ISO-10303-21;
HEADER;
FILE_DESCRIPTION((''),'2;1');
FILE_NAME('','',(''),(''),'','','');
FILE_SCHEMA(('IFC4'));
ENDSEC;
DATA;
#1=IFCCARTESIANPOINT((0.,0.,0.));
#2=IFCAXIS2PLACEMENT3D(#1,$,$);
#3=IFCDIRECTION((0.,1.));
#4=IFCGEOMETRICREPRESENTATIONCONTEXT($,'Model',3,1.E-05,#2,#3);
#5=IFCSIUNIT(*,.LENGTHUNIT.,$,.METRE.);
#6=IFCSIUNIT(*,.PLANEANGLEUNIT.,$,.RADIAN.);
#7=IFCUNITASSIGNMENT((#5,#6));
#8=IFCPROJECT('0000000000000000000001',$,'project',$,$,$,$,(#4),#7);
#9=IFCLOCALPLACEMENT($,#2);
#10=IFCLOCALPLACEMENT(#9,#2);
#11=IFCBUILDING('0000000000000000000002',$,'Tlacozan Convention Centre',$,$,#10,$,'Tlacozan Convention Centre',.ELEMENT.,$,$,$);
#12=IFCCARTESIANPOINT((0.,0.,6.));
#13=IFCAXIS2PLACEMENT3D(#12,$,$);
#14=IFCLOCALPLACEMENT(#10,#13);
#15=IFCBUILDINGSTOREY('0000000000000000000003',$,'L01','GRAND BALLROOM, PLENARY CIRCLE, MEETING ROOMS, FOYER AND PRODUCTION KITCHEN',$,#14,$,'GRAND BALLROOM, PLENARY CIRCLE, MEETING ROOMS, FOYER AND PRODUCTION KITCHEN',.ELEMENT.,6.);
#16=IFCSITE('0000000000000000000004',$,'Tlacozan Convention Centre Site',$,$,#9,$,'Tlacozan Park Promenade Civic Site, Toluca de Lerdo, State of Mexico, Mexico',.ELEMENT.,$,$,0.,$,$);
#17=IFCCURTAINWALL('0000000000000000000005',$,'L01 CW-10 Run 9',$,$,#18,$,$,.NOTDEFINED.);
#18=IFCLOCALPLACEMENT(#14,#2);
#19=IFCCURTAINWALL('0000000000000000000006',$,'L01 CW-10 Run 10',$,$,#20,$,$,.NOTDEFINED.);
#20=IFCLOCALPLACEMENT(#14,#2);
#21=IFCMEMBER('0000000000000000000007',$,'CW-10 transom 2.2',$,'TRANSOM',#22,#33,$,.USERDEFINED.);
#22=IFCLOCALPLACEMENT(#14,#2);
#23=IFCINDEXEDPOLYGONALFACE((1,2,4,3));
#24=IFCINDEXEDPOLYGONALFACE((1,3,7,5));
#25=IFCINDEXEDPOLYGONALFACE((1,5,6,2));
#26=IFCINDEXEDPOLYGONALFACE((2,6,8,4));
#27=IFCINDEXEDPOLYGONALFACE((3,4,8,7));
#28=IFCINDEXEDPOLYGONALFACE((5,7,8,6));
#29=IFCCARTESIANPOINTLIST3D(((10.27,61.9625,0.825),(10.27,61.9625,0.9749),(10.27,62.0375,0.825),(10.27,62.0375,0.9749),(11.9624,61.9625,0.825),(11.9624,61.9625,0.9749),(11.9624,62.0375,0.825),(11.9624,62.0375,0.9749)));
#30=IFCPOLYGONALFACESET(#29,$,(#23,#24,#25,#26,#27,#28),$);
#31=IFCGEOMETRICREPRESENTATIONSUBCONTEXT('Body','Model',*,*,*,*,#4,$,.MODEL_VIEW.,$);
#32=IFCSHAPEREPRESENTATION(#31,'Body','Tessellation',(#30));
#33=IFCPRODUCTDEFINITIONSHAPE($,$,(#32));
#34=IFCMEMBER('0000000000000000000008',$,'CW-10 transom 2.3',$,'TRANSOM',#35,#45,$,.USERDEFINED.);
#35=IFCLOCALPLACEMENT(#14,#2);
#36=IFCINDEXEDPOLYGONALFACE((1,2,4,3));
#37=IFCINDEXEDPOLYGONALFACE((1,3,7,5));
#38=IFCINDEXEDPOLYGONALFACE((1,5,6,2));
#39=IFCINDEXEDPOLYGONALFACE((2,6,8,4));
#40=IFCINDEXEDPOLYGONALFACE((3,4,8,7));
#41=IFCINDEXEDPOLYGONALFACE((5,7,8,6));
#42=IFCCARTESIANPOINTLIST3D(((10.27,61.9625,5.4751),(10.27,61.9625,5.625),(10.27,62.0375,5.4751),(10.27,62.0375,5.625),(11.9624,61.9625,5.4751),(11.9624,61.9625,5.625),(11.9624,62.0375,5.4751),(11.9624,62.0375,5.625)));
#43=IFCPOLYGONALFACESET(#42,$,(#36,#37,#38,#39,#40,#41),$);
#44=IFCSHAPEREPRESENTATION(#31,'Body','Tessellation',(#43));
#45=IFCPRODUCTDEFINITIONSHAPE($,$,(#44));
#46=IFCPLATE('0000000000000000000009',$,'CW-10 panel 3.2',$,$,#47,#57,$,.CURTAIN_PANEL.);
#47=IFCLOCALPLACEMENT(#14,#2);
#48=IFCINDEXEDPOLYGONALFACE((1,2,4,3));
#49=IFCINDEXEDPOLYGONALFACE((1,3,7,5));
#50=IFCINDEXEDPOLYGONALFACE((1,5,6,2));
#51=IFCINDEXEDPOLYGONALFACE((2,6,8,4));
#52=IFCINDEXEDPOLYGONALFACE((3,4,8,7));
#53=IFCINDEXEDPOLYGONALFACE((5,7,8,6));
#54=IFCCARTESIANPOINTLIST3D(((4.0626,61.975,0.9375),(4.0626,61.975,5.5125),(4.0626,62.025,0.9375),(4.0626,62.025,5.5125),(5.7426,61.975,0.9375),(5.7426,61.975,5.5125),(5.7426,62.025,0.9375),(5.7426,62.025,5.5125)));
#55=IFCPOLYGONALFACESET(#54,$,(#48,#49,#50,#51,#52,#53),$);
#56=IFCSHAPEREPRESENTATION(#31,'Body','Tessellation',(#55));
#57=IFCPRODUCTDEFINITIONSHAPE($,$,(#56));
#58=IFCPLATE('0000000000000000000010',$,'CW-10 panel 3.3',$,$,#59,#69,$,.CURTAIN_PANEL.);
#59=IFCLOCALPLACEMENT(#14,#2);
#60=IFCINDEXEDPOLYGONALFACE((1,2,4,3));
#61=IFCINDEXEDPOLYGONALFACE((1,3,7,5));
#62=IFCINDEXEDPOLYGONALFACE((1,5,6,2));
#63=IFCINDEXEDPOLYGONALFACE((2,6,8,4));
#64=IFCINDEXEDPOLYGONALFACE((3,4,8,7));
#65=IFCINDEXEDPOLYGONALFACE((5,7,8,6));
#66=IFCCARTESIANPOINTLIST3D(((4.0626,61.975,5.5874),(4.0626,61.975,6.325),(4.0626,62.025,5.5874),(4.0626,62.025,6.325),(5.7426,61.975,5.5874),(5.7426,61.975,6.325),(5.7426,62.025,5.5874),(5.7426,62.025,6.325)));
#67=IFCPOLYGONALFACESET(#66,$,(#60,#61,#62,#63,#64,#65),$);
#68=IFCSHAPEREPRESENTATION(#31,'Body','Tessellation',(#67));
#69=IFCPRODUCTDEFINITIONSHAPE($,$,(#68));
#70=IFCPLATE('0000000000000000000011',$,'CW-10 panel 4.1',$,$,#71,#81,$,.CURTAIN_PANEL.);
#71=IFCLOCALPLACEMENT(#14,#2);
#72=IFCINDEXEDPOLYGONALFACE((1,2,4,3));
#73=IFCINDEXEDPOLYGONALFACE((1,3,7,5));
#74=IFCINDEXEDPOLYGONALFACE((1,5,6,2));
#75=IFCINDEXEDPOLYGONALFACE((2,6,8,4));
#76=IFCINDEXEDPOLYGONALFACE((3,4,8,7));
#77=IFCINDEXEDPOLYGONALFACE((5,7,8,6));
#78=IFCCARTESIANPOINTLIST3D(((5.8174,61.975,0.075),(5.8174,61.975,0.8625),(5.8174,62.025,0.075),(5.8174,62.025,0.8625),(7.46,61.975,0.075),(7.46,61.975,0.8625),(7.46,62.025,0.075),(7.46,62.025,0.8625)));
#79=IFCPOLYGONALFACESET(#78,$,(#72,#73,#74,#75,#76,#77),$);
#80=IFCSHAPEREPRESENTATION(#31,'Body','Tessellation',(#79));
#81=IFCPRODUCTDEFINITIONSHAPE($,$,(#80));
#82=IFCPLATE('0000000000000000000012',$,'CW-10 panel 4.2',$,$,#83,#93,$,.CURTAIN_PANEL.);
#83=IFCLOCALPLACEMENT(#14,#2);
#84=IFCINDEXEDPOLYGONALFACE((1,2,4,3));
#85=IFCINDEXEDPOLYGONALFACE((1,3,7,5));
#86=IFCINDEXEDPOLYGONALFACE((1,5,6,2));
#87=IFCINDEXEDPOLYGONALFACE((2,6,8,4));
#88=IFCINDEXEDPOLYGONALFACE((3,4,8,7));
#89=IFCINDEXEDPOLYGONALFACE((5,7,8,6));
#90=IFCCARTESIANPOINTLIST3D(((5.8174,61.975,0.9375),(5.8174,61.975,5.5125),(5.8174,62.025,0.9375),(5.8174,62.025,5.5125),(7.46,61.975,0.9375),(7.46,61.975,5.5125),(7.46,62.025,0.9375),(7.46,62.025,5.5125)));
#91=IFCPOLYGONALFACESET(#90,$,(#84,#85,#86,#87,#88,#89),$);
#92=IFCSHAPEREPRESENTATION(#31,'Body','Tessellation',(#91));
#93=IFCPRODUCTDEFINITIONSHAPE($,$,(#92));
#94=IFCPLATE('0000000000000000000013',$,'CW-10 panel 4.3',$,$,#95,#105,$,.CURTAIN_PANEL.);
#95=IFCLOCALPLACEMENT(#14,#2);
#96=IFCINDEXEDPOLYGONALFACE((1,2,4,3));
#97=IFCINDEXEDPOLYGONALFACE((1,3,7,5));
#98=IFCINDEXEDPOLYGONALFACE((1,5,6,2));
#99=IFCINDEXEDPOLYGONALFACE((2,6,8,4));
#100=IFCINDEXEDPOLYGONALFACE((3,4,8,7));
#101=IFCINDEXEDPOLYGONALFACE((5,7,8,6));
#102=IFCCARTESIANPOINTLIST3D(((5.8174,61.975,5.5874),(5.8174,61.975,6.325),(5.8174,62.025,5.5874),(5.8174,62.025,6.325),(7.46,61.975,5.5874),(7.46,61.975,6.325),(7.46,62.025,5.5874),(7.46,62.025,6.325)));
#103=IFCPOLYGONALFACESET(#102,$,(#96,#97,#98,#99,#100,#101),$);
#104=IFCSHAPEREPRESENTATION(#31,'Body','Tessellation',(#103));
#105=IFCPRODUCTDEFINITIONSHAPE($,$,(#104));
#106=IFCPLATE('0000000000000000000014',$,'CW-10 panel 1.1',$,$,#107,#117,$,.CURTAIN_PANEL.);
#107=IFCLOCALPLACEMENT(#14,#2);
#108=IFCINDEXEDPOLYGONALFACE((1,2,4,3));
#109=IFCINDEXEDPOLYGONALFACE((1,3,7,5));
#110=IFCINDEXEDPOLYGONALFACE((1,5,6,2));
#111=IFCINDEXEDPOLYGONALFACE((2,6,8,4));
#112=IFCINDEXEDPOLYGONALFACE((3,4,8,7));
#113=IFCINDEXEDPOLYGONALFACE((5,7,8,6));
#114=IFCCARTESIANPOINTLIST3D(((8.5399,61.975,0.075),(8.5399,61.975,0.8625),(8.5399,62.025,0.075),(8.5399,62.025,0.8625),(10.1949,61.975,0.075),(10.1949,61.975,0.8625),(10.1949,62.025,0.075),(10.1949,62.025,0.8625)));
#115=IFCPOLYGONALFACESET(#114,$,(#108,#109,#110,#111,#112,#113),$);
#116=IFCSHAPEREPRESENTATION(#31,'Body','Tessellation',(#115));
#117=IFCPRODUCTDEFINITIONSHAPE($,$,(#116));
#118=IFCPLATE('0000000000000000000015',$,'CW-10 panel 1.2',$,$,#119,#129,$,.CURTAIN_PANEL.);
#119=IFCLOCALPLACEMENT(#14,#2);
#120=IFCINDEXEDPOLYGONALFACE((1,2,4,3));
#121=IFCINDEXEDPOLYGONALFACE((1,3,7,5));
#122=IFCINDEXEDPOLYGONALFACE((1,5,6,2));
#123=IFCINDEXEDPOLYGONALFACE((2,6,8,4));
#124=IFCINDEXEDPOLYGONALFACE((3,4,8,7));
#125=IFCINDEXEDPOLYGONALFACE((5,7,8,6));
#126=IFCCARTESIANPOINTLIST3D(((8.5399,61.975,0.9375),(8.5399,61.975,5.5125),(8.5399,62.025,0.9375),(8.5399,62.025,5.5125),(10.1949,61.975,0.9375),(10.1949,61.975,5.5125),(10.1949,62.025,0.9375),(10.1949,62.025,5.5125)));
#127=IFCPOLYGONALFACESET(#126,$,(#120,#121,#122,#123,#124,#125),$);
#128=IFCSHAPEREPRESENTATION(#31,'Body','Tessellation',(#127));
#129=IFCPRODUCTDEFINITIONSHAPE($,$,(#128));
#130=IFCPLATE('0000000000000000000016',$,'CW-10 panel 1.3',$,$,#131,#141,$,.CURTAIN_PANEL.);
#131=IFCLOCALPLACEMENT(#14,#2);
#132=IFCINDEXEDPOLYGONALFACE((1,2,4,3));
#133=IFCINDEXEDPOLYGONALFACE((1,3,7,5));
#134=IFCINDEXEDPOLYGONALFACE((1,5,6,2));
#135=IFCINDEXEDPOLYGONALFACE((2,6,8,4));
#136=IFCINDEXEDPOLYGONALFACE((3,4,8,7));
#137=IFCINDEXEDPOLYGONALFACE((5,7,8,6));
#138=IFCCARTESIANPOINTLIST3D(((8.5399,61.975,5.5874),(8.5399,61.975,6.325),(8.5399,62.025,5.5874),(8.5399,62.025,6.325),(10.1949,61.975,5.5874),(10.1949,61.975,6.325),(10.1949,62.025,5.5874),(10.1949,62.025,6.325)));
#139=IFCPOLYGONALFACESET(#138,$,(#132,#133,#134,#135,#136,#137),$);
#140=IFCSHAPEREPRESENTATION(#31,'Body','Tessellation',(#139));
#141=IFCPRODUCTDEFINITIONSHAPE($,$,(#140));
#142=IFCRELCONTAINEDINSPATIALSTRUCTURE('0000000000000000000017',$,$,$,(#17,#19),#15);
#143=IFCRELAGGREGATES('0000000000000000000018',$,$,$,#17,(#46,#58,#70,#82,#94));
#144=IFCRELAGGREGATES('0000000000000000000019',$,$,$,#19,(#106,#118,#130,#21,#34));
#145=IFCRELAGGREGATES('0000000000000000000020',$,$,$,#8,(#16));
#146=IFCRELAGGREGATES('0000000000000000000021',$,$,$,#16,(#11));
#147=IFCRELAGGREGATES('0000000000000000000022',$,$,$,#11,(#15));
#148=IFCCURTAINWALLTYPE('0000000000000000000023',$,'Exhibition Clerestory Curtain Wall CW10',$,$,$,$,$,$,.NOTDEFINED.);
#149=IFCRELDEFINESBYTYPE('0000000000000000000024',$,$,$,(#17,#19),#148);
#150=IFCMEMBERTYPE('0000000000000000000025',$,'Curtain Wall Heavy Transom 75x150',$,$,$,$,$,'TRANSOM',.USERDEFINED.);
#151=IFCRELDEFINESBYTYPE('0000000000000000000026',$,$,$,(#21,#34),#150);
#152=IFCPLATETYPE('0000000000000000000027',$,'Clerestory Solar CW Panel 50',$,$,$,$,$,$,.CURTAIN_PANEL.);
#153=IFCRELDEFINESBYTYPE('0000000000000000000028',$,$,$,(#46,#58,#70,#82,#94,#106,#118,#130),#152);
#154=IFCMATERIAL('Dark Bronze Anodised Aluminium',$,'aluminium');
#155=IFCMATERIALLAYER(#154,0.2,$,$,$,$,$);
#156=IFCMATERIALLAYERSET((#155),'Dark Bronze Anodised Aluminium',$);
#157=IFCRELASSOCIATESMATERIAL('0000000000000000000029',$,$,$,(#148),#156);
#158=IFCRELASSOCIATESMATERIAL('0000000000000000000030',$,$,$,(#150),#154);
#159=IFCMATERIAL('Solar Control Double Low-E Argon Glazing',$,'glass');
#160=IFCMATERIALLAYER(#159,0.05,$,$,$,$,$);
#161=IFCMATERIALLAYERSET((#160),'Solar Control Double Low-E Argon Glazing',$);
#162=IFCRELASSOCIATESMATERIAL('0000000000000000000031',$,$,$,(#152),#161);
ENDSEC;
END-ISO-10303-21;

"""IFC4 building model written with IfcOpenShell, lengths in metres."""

from ifc_helpers import new_model, si_unit, direction, frame, origin, origin_2d, place, context, subcontext, project, spatial, rectangle, extrude, material, layer, layer_set, material_profile, profile_set, type_object, element, aggregate, save


model = new_model("IFC4")

# Units and contexts
model_context = context("Model", 3, precision=1e-05, world=origin(), true_north=direction((0.0, 1.0)))
body_context = subcontext(model_context, "Body", "Model", "MODEL_VIEW")
ifc_project = project(units=[si_unit("LENGTHUNIT", "METRE"), si_unit("PLANEANGLEUNIT", "RADIAN")], contexts=[model_context])

# Site, building, storey
site_placement = place(None, origin())
site = spatial("IfcSite", under=ifc_project, at=site_placement, Name="Tlacozan Convention Centre Site", LongName="Tlacozan Park Promenade Civic Site, Toluca de Lerdo, State of Mexico, Mexico", CompositionType="ELEMENT", RefElevation=0.0)
building_placement = place(site_placement, origin())
building = spatial("IfcBuilding", under=site, at=building_placement, Name="Tlacozan Convention Centre", LongName="Tlacozan Convention Centre", CompositionType="ELEMENT")
storey_placement = place(building_placement, frame((0.0, 0.0, 6.0)))
storey = spatial("IfcBuildingStorey", under=building, at=storey_placement, Name="L01", Description="GRAND BALLROOM, PLENARY CIRCLE, MEETING ROOMS, FOYER AND PRODUCTION KITCHEN", LongName="GRAND BALLROOM, PLENARY CIRCLE, MEETING ROOMS, FOYER AND PRODUCTION KITCHEN", CompositionType="ELEMENT", Elevation=6.0)

# Curtain walls
ifc_material_1 = material(Name="Dark Bronze Anodised Aluminium", Category="aluminium")
ifc_layer_1 = layer(ifc_material_1, 0.2)
ifc_layer_set_1 = layer_set([ifc_layer_1], Name="Dark Bronze Anodised Aluminium")
curtain_wall_type = type_object("IfcCurtainWallType", Name="Exhibition Clerestory Curtain Wall CW10", PredefinedType="NOTDEFINED", material=ifc_layer_set_1)
curtain_wall_1_placement = place(storey_placement, origin())
curtain_wall_1 = element("IfcCurtainWall", 1, at=curtain_wall_1_placement, inside=storey, type_object=curtain_wall_type, Name="L01 CW-10 Run 9", PredefinedType="NOTDEFINED")
curtain_wall_2_placement = place(storey_placement, origin())
curtain_wall_2 = element("IfcCurtainWall", 2, at=curtain_wall_2_placement, inside=storey, type_object=curtain_wall_type, Name="L01 CW-10 Run 10", PredefinedType="NOTDEFINED")

# Members
ifc_material_profile_1 = material_profile(ifc_material_1, rectangle(XDim=0.075, YDim=0.1499, at=origin_2d()), Name="ALU 75x150")
ifc_profile_set_1 = profile_set([ifc_material_profile_1], Name="Dark Bronze Anodised Aluminium")
member_type_1 = type_object("IfcMemberType", Name="Curtain Wall Heavy Transom 75x150", ElementType="TRANSOM", PredefinedType="USERDEFINED", material=ifc_profile_set_1)
member_1_placement = place(storey_placement, frame((10.27, 62.0, 0.8999), z_axis=(1.0, 0.0, 0.0), x_axis=(0.0, 1.0, 0.0)))
member_1 = element("IfcMember", 3, at=member_1_placement, type_object=member_type_1, Name="CW-10 transom 2.2", ObjectType="TRANSOM", PredefinedType="USERDEFINED", context=body_context, shape_type="SweptSolid", body=[
    extrude(rectangle(XDim=0.075, YDim=0.1499, at=origin_2d()), origin(), (0.0, 0.0, 1.0), 1.6924),
])
member_2_placement = place(storey_placement, frame((10.27, 62.0, 5.55), z_axis=(1.0, 0.0, 0.0), x_axis=(0.0, 1.0, 0.0)))
member_2 = element("IfcMember", 4, at=member_2_placement, type_object=member_type_1, Name="CW-10 transom 2.3", ObjectType="TRANSOM", PredefinedType="USERDEFINED", context=body_context, shape_type="SweptSolid", body=[
    extrude(rectangle(XDim=0.075, YDim=0.1499, at=origin_2d()), origin(), (0.0, 0.0, 1.0), 1.6924),
])

# Plates
ifc_material_2 = material(Name="Solar Control Double Low-E Argon Glazing", Category="glass")
ifc_layer_2 = layer(ifc_material_2, 0.05)
ifc_layer_set_2 = layer_set([ifc_layer_2], Name="Solar Control Double Low-E Argon Glazing")
plate_type = type_object("IfcPlateType", Name="Clerestory Solar CW Panel 50", PredefinedType="CURTAIN_PANEL", material=ifc_layer_set_2)
plate_1_placement = place(storey_placement, frame((4.9026, 62.0, 0.9375), z_axis=(0.0, 0.0, 1.0), x_axis=(1.0, 0.0, 0.0)))
plate_1 = element("IfcPlate", 5, at=plate_1_placement, type_object=plate_type, Name="CW-10 panel 3.2", PredefinedType="CURTAIN_PANEL", context=body_context, shape_type="SweptSolid", body=[
    extrude(rectangle(XDim=1.6799, YDim=0.05, at=origin_2d()), origin(), (0.0, 0.0, 1.0), 4.575),
])
plate_2_placement = place(storey_placement, frame((4.9026, 62.0, 5.5874), z_axis=(0.0, 0.0, 1.0), x_axis=(1.0, 0.0, 0.0)))
plate_2 = element("IfcPlate", 6, at=plate_2_placement, type_object=plate_type, Name="CW-10 panel 3.3", PredefinedType="CURTAIN_PANEL", context=body_context, shape_type="SweptSolid", body=[
    extrude(rectangle(XDim=1.6799, YDim=0.05, at=origin_2d()), origin(), (0.0, 0.0, 1.0), 0.7375),
])
plate_3_placement = place(storey_placement, frame((6.6387, 62.0, 0.075), z_axis=(0.0, 0.0, 1.0), x_axis=(1.0, 0.0, 0.0)))
plate_3 = element("IfcPlate", 7, at=plate_3_placement, type_object=plate_type, Name="CW-10 panel 4.1", PredefinedType="CURTAIN_PANEL", context=body_context, shape_type="SweptSolid", body=[
    extrude(rectangle(XDim=1.6426, YDim=0.05, at=origin_2d()), origin(), (0.0, 0.0, 1.0), 0.7876),
])
plate_4_placement = place(storey_placement, frame((6.6387, 62.0, 0.9375), z_axis=(0.0, 0.0, 1.0), x_axis=(1.0, 0.0, 0.0)))
plate_4 = element("IfcPlate", 8, at=plate_4_placement, type_object=plate_type, Name="CW-10 panel 4.2", PredefinedType="CURTAIN_PANEL", context=body_context, shape_type="SweptSolid", body=[
    extrude(rectangle(XDim=1.6426, YDim=0.05, at=origin_2d()), origin(), (0.0, 0.0, 1.0), 4.575),
])
plate_5_placement = place(storey_placement, frame((6.6387, 62.0, 5.5874), z_axis=(0.0, 0.0, 1.0), x_axis=(1.0, 0.0, 0.0)))
plate_5 = element("IfcPlate", 9, at=plate_5_placement, type_object=plate_type, Name="CW-10 panel 4.3", PredefinedType="CURTAIN_PANEL", context=body_context, shape_type="SweptSolid", body=[
    extrude(rectangle(XDim=1.6426, YDim=0.05, at=origin_2d()), origin(), (0.0, 0.0, 1.0), 0.7375),
])
aggregate(curtain_wall_1, [plate_1, plate_2, plate_3, plate_4, plate_5])
plate_6_placement = place(storey_placement, frame((9.3674, 62.0, 0.075), z_axis=(0.0, 0.0, 1.0), x_axis=(1.0, 0.0, 0.0)))
plate_6 = element("IfcPlate", 10, at=plate_6_placement, type_object=plate_type, Name="CW-10 panel 1.1", PredefinedType="CURTAIN_PANEL", context=body_context, shape_type="SweptSolid", body=[
    extrude(rectangle(XDim=1.655, YDim=0.05, at=origin_2d()), origin(), (0.0, 0.0, 1.0), 0.7876),
])
plate_7_placement = place(storey_placement, frame((9.3674, 62.0, 0.9375), z_axis=(0.0, 0.0, 1.0), x_axis=(1.0, 0.0, 0.0)))
plate_7 = element("IfcPlate", 11, at=plate_7_placement, type_object=plate_type, Name="CW-10 panel 1.2", PredefinedType="CURTAIN_PANEL", context=body_context, shape_type="SweptSolid", body=[
    extrude(rectangle(XDim=1.655, YDim=0.05, at=origin_2d()), origin(), (0.0, 0.0, 1.0), 4.575),
])
plate_8_placement = place(storey_placement, frame((9.3674, 62.0, 5.5874), z_axis=(0.0, 0.0, 1.0), x_axis=(1.0, 0.0, 0.0)))
plate_8 = element("IfcPlate", 12, at=plate_8_placement, type_object=plate_type, Name="CW-10 panel 1.3", PredefinedType="CURTAIN_PANEL", context=body_context, shape_type="SweptSolid", body=[
    extrude(rectangle(XDim=1.655, YDim=0.05, at=origin_2d()), origin(), (0.0, 0.0, 1.0), 0.7375),
])
aggregate(curtain_wall_2, [plate_6, plate_7, plate_8, member_1, member_2])

save(model, "model.ifc")
